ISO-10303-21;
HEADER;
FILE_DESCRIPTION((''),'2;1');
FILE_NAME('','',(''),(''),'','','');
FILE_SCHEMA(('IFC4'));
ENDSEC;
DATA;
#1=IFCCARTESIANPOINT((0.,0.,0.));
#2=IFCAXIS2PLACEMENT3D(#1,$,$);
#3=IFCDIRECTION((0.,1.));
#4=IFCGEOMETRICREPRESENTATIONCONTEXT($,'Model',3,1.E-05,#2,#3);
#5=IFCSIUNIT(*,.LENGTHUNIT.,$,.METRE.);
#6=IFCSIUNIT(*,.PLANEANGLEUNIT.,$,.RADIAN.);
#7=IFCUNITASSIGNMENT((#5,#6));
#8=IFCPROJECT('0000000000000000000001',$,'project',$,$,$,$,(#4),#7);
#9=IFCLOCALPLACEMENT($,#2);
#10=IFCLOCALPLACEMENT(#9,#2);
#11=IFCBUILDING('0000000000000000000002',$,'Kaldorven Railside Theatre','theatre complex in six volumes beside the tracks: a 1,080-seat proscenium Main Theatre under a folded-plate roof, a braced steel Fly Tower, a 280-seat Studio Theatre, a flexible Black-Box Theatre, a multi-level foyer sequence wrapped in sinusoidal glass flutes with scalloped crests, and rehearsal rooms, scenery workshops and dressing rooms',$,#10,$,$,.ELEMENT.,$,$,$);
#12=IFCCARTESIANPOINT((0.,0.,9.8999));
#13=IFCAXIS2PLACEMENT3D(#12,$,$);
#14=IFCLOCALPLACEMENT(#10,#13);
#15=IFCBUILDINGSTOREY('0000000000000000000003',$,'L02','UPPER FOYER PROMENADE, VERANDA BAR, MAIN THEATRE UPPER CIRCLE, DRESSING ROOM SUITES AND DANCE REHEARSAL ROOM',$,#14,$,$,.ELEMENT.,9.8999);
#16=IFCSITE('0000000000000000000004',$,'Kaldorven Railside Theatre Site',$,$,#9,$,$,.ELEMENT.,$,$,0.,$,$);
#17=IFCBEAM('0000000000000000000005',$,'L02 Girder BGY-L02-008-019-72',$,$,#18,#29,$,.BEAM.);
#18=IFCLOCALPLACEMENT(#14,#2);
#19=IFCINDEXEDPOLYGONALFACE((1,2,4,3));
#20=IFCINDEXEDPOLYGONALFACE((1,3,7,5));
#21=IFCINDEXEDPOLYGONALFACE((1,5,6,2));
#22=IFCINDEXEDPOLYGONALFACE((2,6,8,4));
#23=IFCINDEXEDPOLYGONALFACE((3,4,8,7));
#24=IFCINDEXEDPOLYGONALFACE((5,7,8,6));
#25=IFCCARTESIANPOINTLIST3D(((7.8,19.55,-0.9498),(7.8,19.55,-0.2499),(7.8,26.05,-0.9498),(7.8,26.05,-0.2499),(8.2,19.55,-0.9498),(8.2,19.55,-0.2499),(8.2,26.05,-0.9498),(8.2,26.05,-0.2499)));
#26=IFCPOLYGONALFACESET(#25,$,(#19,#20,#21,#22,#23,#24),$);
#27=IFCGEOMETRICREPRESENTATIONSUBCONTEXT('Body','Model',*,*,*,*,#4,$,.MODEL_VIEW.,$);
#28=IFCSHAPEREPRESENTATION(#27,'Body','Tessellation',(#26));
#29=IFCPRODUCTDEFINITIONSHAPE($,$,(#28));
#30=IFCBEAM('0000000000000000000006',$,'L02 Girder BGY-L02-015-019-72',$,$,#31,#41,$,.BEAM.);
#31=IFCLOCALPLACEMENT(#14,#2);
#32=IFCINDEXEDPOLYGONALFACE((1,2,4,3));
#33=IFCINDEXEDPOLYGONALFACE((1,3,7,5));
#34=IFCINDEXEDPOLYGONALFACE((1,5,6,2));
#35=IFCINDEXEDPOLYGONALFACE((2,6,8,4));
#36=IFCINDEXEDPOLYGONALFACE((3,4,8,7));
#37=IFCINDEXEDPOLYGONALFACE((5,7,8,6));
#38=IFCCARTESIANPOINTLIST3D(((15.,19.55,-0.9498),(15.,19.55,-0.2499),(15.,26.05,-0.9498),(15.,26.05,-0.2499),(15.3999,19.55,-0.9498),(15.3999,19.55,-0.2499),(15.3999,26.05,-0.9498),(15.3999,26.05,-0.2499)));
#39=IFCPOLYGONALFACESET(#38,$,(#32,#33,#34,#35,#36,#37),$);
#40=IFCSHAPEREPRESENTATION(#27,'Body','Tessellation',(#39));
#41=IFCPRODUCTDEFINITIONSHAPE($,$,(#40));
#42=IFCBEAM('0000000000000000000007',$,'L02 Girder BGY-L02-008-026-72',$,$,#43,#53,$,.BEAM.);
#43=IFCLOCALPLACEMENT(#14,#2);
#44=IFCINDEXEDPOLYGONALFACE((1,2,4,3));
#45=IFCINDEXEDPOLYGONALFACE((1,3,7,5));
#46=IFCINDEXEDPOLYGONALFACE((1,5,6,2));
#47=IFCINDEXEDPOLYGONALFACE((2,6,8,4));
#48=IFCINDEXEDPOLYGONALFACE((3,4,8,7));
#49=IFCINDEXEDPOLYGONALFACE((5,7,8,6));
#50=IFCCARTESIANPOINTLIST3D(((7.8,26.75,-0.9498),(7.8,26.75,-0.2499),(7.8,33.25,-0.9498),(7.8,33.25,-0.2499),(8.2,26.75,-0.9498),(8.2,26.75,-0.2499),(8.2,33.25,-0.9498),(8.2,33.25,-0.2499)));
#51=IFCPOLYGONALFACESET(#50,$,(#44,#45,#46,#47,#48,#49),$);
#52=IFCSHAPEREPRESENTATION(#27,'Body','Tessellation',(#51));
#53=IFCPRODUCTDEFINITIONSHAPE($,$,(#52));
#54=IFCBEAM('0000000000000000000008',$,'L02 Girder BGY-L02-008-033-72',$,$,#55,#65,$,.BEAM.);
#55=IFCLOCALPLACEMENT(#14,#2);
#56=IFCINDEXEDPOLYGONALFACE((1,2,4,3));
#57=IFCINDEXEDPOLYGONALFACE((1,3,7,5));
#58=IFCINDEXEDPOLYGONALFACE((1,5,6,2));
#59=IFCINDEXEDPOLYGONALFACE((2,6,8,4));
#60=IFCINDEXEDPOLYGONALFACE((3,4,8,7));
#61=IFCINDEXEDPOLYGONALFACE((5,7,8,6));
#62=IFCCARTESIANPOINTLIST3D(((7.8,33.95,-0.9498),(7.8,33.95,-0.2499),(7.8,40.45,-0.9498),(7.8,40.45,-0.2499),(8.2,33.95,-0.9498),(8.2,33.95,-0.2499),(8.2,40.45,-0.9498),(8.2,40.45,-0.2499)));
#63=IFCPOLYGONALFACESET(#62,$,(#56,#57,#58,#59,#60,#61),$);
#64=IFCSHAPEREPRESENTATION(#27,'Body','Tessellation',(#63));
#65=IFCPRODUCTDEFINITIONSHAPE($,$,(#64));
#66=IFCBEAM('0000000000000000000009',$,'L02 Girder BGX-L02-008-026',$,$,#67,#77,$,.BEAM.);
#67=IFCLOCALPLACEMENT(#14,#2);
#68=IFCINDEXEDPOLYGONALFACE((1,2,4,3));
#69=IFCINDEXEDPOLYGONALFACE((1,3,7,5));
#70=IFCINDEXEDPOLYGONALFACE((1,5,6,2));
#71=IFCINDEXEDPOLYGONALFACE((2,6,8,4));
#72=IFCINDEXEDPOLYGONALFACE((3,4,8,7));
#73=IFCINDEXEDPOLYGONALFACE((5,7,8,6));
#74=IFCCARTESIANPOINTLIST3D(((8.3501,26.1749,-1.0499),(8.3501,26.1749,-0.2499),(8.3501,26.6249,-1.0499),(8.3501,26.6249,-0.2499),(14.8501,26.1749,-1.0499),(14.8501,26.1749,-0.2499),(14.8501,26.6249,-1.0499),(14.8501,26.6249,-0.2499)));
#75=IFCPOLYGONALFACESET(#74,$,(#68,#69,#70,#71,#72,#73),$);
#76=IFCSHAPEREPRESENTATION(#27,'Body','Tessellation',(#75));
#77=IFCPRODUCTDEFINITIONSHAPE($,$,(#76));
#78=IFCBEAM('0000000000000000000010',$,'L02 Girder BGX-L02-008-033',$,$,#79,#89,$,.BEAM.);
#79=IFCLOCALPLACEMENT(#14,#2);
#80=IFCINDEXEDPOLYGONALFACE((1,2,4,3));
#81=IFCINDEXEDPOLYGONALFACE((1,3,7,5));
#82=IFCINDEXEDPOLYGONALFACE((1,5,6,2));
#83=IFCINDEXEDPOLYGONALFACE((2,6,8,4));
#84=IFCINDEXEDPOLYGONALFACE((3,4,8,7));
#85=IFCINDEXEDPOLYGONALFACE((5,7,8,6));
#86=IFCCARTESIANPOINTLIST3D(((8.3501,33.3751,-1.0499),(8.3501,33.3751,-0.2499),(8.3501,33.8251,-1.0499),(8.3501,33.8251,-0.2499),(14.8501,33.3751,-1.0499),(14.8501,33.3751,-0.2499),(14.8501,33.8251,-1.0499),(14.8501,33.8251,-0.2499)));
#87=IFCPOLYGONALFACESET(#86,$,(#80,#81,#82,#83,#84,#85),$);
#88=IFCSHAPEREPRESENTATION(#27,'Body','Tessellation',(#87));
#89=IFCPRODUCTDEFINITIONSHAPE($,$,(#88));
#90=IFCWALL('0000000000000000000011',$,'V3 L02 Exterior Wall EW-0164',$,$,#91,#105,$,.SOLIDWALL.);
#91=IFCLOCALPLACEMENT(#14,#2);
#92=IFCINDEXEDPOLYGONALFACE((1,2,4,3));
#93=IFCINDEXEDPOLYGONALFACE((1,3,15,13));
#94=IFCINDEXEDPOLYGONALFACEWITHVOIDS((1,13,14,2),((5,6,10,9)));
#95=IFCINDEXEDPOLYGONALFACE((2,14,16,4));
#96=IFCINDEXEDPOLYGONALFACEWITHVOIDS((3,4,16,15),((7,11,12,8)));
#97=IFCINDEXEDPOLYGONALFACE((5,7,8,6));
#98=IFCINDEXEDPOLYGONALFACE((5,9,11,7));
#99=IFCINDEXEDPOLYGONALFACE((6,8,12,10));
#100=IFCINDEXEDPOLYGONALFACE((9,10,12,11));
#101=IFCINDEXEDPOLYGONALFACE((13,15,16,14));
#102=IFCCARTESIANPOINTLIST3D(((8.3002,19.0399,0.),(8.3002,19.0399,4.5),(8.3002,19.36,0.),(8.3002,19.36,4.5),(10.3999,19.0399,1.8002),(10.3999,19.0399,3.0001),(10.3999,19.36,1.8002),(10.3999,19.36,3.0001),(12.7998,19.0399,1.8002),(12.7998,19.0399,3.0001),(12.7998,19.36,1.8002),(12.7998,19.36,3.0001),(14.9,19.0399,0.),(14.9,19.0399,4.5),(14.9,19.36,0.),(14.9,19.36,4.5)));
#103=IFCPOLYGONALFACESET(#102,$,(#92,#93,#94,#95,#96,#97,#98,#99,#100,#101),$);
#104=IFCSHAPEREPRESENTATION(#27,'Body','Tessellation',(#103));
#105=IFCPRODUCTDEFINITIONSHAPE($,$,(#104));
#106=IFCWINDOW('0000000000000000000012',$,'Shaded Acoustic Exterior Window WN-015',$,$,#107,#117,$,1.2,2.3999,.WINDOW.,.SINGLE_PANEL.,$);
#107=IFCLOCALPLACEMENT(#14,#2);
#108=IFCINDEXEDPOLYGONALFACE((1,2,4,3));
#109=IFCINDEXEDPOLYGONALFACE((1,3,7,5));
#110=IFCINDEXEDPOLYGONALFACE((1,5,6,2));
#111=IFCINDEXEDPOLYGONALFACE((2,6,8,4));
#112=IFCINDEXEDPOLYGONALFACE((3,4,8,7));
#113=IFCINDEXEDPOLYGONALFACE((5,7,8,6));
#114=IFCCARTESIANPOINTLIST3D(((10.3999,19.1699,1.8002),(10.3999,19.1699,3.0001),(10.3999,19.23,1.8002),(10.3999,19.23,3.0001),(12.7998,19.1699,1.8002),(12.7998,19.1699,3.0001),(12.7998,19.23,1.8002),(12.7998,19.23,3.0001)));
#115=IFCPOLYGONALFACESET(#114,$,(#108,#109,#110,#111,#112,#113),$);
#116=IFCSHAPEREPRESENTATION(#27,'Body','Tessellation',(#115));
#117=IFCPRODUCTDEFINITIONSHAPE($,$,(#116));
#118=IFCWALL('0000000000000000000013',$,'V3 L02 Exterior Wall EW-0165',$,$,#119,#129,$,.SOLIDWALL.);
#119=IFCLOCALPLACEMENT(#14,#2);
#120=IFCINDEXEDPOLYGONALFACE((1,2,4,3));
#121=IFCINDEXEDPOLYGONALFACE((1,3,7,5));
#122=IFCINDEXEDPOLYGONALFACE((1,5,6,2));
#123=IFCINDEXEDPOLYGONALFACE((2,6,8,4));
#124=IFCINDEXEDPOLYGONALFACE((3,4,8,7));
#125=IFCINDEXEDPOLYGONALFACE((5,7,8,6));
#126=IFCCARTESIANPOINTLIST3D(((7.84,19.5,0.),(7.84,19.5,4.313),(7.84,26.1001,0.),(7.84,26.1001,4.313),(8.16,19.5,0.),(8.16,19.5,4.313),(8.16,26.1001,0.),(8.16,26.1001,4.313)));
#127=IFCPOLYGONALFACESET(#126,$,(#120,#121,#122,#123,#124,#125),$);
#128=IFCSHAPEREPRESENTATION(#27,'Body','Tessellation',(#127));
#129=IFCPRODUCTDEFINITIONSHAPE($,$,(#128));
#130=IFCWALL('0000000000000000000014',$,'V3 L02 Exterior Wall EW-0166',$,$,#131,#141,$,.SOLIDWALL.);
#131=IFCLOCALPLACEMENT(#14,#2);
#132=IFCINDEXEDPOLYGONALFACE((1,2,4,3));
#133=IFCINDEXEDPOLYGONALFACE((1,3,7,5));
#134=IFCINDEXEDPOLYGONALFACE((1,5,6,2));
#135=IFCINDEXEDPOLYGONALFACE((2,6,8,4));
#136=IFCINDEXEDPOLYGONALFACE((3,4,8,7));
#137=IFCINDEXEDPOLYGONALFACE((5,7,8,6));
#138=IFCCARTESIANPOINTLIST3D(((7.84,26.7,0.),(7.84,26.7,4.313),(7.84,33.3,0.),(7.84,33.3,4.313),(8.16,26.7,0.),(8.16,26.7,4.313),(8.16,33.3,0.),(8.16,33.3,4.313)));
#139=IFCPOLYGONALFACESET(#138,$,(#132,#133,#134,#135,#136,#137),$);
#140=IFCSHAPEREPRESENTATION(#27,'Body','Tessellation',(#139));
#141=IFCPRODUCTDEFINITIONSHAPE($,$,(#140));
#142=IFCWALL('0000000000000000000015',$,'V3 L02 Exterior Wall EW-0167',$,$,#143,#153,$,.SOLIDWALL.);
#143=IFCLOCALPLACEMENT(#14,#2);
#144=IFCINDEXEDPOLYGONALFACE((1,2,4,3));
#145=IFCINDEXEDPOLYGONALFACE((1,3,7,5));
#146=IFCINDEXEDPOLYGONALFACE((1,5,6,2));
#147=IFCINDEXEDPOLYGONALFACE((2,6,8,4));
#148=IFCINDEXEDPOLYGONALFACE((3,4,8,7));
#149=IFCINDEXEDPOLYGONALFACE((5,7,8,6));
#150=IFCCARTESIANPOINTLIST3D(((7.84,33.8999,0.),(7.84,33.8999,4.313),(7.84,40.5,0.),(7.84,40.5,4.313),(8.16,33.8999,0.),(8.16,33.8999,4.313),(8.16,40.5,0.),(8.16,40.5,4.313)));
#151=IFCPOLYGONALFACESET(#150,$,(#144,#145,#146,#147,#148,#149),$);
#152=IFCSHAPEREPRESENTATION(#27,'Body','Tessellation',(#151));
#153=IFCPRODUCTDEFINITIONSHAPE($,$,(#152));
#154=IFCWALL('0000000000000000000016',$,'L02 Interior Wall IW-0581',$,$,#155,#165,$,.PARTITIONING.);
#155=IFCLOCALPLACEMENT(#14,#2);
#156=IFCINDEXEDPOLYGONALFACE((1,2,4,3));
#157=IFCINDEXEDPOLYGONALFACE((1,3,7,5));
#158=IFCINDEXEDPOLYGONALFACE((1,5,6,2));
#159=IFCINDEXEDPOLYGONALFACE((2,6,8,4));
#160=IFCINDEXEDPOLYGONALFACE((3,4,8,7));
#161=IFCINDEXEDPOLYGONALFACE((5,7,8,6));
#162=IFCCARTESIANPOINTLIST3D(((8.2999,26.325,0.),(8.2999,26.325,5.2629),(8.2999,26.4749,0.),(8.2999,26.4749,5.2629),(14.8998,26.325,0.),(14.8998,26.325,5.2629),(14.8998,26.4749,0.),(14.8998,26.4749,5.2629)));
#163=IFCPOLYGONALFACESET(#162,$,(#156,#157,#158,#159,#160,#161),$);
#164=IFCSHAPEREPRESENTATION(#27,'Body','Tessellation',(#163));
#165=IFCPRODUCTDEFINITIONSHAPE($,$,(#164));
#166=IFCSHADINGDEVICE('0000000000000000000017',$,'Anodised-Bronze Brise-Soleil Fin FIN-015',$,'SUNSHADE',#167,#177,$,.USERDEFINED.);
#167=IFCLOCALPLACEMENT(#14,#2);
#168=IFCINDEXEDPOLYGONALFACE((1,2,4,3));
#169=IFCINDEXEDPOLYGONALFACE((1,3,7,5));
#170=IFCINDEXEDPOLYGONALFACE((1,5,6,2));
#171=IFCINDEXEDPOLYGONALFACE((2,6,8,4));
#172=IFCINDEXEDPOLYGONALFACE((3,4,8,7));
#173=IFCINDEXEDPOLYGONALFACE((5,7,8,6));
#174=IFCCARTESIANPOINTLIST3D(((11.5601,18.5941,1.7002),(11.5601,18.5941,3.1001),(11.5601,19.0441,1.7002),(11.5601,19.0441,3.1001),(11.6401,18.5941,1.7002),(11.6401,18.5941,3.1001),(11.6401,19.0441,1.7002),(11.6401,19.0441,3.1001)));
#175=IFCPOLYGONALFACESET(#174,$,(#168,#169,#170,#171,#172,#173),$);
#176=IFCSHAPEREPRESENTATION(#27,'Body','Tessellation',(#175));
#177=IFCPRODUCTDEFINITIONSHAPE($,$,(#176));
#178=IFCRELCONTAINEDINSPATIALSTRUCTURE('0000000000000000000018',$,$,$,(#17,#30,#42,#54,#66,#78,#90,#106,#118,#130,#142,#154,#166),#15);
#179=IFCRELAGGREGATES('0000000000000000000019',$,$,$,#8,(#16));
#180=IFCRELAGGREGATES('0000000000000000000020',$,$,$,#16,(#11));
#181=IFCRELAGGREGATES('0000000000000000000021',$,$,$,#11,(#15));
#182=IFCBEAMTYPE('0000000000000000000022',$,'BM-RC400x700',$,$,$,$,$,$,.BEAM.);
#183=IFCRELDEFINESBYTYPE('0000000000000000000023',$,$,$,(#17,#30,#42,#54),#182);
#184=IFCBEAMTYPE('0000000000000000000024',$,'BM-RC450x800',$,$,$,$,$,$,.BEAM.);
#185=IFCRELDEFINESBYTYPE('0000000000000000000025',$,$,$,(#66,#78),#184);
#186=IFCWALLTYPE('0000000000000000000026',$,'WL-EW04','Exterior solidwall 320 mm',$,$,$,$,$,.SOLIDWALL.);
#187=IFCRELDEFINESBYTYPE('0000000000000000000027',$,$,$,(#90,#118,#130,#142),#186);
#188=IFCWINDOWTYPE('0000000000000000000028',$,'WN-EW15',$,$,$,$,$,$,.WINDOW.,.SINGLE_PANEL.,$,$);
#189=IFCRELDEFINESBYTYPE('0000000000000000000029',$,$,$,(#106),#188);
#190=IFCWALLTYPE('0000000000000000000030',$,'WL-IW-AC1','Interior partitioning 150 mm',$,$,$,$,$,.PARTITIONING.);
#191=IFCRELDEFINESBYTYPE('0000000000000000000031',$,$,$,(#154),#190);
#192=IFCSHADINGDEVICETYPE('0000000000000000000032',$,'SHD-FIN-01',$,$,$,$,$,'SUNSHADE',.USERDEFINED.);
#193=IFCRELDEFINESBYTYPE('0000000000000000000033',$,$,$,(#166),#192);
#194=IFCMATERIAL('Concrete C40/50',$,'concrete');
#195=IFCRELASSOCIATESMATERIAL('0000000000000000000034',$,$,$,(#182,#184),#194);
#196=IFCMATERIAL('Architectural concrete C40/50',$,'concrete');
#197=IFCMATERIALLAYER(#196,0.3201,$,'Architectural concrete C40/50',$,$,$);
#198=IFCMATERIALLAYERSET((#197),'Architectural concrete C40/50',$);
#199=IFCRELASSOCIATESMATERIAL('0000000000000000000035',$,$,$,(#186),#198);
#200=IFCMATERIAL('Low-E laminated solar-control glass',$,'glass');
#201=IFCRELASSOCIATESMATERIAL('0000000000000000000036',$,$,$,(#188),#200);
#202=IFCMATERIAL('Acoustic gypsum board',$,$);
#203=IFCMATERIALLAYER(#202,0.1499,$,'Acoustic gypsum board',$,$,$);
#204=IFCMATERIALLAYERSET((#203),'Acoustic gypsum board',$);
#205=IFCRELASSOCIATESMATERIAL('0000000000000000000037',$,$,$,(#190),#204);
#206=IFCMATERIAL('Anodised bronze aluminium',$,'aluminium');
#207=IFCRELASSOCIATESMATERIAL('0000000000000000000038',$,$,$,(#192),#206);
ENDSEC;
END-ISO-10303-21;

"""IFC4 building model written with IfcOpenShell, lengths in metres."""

from ifc_helpers import new_model, si_unit, direction, frame, frame_2d, origin, origin_2d, place, context, subcontext, project, spatial, rectangle, extrude, material, layer, layer_set, material_profile, profile_set, type_object, element, fill, save


model = new_model("IFC4")

# Units and contexts
model_context = context("Model", 3, precision=1e-05, world=origin(), true_north=direction((0.0, 1.0)))
body_context = subcontext(model_context, "Body", "Model", "MODEL_VIEW")
ifc_project = project(units=[si_unit("LENGTHUNIT", "METRE"), si_unit("PLANEANGLEUNIT", "RADIAN")], contexts=[model_context])

# Site, building, storey
site_placement = place(None, origin())
site = spatial("IfcSite", under=ifc_project, at=site_placement, Name="Kaldorven Railside Theatre Site", CompositionType="ELEMENT", RefElevation=0.0)
building_placement = place(site_placement, origin())
building = spatial("IfcBuilding", under=site, at=building_placement, Name="Kaldorven Railside Theatre", Description="theatre complex in six volumes beside the tracks: a 1,080-seat proscenium Main Theatre under a folded-plate roof, a braced steel Fly Tower, a 280-seat Studio Theatre, a flexible Black-Box Theatre, a multi-level foyer sequence wrapped in sinusoidal glass flutes with scalloped crests, and rehearsal rooms, scenery workshops and dressing rooms", CompositionType="ELEMENT")
storey_placement = place(building_placement, frame((0.0, 0.0, 9.8999)))
storey = spatial("IfcBuildingStorey", under=building, at=storey_placement, Name="L02", Description="UPPER FOYER PROMENADE, VERANDA BAR, MAIN THEATRE UPPER CIRCLE, DRESSING ROOM SUITES AND DANCE REHEARSAL ROOM", CompositionType="ELEMENT", Elevation=9.8999)

# Shared definitions
ifc_material_1 = material(Name="Concrete C40/50", Category="concrete")

# Beams
ifc_material_profile_1 = material_profile(ifc_material_1, rectangle(XDim=0.3999, YDim=0.7, at=origin_2d()), Name="RC 400x700")
ifc_profile_set_1 = profile_set([ifc_material_profile_1], Name="Concrete C40/50")
beam_type_1 = type_object("IfcBeamType", Name="BM-RC400x700", PredefinedType="BEAM", material=ifc_profile_set_1)
for number, where, z_axis, x_axis, name in (
    (1, (8.0, 19.55, -0.5999), (0.0, 1.0, 0.0), (-1.0, 0.0, 0.0), "L02 Girder BGY-L02-008-019-72"),
    (2, (15.2, 19.55, -0.5999), (0.0, 1.0, 0.0), (-1.0, 0.0, 0.0), "L02 Girder BGY-L02-015-019-72"),
    (3, (8.0, 26.75, -0.5999), (0.0, 1.0, 0.0), (-1.0, 0.0, 0.0), "L02 Girder BGY-L02-008-026-72"),
    (4, (8.0, 33.95, -0.5999), (0.0, 1.0, 0.0), (-1.0, 0.0, 0.0), "L02 Girder BGY-L02-008-033-72"),
):
    element("IfcBeam", number, at=place(storey_placement, frame(where, z_axis=z_axis, x_axis=x_axis)), inside=storey, type_object=beam_type_1, Name=name, PredefinedType="BEAM", context=body_context, shape_type="SweptSolid", body=[
        extrude(rectangle(XDim=0.3999, YDim=0.7, at=origin_2d()), origin(), (0.0, 0.0, 1.0), 6.5),
    ])
ifc_material_profile_2 = material_profile(ifc_material_1, rectangle(XDim=0.45, YDim=0.8, at=origin_2d()), Name="RC 450x800")
ifc_profile_set_2 = profile_set([ifc_material_profile_2], Name="Concrete C40/50")
beam_type_2 = type_object("IfcBeamType", Name="BM-RC450x800", PredefinedType="BEAM", material=ifc_profile_set_2)
for number, where, z_axis, x_axis, name in (
    (5, (8.3501, 26.3999, -0.6499), (1.0, 0.0, 0.0), (0.0, 1.0, 0.0), "L02 Girder BGX-L02-008-026"),
    (6, (8.3501, 33.6001, -0.6499), (1.0, 0.0, 0.0), (0.0, 1.0, 0.0), "L02 Girder BGX-L02-008-033"),
):
    element("IfcBeam", number, at=place(storey_placement, frame(where, z_axis=z_axis, x_axis=x_axis)), inside=storey, type_object=beam_type_2, Name=name, PredefinedType="BEAM", context=body_context, shape_type="SweptSolid", body=[
        extrude(rectangle(XDim=0.45, YDim=0.8, at=origin_2d()), origin(), (0.0, 0.0, 1.0), 6.5),
    ])

# Wall, opening, window
ifc_material_2 = material(Name="Architectural concrete C40/50", Category="concrete")
ifc_layer_1 = layer(ifc_material_2, 0.3201, Name="Architectural concrete C40/50")
ifc_layer_set_1 = layer_set([ifc_layer_1], Name="Architectural concrete C40/50")
wall_type_1 = type_object("IfcWallType", Name="WL-EW04", Description="Exterior solidwall 320 mm", PredefinedType="SOLIDWALL", material=ifc_layer_set_1)
wall_1_placement = place(storey_placement, frame((14.8999, 19.2, 0.0), z_axis=(0.0, 0.0, 1.0), x_axis=(-1.0, 0.0, 0.0)))
wall_1 = element("IfcWall", 7, at=wall_1_placement, inside=storey, type_object=wall_type_1, Name="V3 L02 Exterior Wall EW-0164", PredefinedType="SOLIDWALL", context=body_context, shape_type="SweptSolid", body=[
    extrude(rectangle(XDim=6.5999, YDim=0.3201, at=frame_2d((3.2998, 0.0))), origin(), (0.0, 0.0, 1.0), 4.5),
])
opening_placement = place(wall_1_placement, frame((2.1001, 0.0, 1.8)))
opening = element("IfcOpeningElement", 8, at=opening_placement, cuts=wall_1, PredefinedType="OPENING", context=body_context, shape_type="SweptSolid", body=[
    extrude(rectangle(XDim=2.3999, YDim=1.2, at=frame_2d((1.2, 0.6001))), frame((0.0, 0.1699, 0.0), z_axis=(0.0, -1.0, 0.0), x_axis=(1.0, 0.0, 0.0)), (0.0, 0.0, 1.0), 0.3401),
])
ifc_material_3 = material(Name="Low-E laminated solar-control glass", Category="glass")
window_type = type_object("IfcWindowType", Name="WN-EW15", PartitioningType="SINGLE_PANEL", PredefinedType="WINDOW", material=ifc_material_3)
window_placement = place(opening_placement, origin())
window = element("IfcWindow", 9, at=window_placement, inside=storey, type_object=window_type, Name="Shaded Acoustic Exterior Window WN-015", OverallHeight=1.2, OverallWidth=2.3999, PartitioningType="SINGLE_PANEL", PredefinedType="WINDOW", context=body_context, shape_type="SweptSolid", body=[
    extrude(rectangle(XDim=2.3999, YDim=1.2, at=frame_2d((1.2, 0.6001))), frame((0.0, 0.03, 0.0), z_axis=(0.0, -1.0, 0.0), x_axis=(1.0, 0.0, 0.0)), (0.0, 0.0, 1.0), 0.0601),
])
fill(opening, window)

# Walls
for number, where, z_axis, x_axis, name in (
    (10, (8.0, 19.5, 0.0), (0.0, 0.0, 1.0), (0.0, 1.0, 0.0), "V3 L02 Exterior Wall EW-0165"),
    (11, (8.0, 26.7, 0.0), (0.0, 0.0, 1.0), (0.0, 1.0, 0.0), "V3 L02 Exterior Wall EW-0166"),
    (12, (8.0, 33.8999, 0.0), (0.0, 0.0, 1.0), (0.0, 1.0, 0.0), "V3 L02 Exterior Wall EW-0167"),
):
    element("IfcWall", number, at=place(storey_placement, frame(where, z_axis=z_axis, x_axis=x_axis)), inside=storey, type_object=wall_type_1, Name=name, PredefinedType="SOLIDWALL", context=body_context, shape_type="SweptSolid", body=[
        extrude(rectangle(XDim=6.6001, YDim=0.3201, at=frame_2d((3.3, 0.0))), origin(), (0.0, 0.0, 1.0), 4.313),
    ])
ifc_material_4 = material(Name="Acoustic gypsum board")
ifc_layer_2 = layer(ifc_material_4, 0.1499, Name="Acoustic gypsum board")
ifc_layer_set_2 = layer_set([ifc_layer_2], Name="Acoustic gypsum board")
wall_type_2 = type_object("IfcWallType", Name="WL-IW-AC1", Description="Interior partitioning 150 mm", PredefinedType="PARTITIONING", material=ifc_layer_set_2)
wall_2_placement = place(storey_placement, frame((8.3, 26.3999, 0.0), z_axis=(0.0, 0.0, 1.0), x_axis=(1.0, 0.0, 0.0)))
element("IfcWall", 13, at=wall_2_placement, inside=storey, type_object=wall_type_2, Name="L02 Interior Wall IW-0581", PredefinedType="PARTITIONING", context=body_context, shape_type="SweptSolid", body=[
    extrude(rectangle(XDim=6.5999, YDim=0.1499, at=frame_2d((3.2998, 0.0))), origin(), (0.0, 0.0, 1.0), 5.2629),
])

# Shading device
ifc_material_5 = material(Name="Anodised bronze aluminium", Category="aluminium")
shading_device_type = type_object("IfcShadingDeviceType", Name="SHD-FIN-01", ElementType="SUNSHADE", PredefinedType="USERDEFINED", material=ifc_material_5)
shading_device_placement = place(storey_placement, frame((11.6001, 18.8191, 1.7002), z_axis=(0.0, 0.0, 1.0), x_axis=(-1.0, 0.0, 0.0)))
element("IfcShadingDevice", 14, at=shading_device_placement, inside=storey, type_object=shading_device_type, Name="Anodised-Bronze Brise-Soleil Fin FIN-015", ObjectType="SUNSHADE", PredefinedType="USERDEFINED", context=body_context, shape_type="SweptSolid", body=[
    extrude(rectangle(XDim=0.0801, YDim=0.45, at=origin_2d()), origin(), (0.0, 0.0, 1.0), 1.3999),
])

save(model, "model.ifc")
